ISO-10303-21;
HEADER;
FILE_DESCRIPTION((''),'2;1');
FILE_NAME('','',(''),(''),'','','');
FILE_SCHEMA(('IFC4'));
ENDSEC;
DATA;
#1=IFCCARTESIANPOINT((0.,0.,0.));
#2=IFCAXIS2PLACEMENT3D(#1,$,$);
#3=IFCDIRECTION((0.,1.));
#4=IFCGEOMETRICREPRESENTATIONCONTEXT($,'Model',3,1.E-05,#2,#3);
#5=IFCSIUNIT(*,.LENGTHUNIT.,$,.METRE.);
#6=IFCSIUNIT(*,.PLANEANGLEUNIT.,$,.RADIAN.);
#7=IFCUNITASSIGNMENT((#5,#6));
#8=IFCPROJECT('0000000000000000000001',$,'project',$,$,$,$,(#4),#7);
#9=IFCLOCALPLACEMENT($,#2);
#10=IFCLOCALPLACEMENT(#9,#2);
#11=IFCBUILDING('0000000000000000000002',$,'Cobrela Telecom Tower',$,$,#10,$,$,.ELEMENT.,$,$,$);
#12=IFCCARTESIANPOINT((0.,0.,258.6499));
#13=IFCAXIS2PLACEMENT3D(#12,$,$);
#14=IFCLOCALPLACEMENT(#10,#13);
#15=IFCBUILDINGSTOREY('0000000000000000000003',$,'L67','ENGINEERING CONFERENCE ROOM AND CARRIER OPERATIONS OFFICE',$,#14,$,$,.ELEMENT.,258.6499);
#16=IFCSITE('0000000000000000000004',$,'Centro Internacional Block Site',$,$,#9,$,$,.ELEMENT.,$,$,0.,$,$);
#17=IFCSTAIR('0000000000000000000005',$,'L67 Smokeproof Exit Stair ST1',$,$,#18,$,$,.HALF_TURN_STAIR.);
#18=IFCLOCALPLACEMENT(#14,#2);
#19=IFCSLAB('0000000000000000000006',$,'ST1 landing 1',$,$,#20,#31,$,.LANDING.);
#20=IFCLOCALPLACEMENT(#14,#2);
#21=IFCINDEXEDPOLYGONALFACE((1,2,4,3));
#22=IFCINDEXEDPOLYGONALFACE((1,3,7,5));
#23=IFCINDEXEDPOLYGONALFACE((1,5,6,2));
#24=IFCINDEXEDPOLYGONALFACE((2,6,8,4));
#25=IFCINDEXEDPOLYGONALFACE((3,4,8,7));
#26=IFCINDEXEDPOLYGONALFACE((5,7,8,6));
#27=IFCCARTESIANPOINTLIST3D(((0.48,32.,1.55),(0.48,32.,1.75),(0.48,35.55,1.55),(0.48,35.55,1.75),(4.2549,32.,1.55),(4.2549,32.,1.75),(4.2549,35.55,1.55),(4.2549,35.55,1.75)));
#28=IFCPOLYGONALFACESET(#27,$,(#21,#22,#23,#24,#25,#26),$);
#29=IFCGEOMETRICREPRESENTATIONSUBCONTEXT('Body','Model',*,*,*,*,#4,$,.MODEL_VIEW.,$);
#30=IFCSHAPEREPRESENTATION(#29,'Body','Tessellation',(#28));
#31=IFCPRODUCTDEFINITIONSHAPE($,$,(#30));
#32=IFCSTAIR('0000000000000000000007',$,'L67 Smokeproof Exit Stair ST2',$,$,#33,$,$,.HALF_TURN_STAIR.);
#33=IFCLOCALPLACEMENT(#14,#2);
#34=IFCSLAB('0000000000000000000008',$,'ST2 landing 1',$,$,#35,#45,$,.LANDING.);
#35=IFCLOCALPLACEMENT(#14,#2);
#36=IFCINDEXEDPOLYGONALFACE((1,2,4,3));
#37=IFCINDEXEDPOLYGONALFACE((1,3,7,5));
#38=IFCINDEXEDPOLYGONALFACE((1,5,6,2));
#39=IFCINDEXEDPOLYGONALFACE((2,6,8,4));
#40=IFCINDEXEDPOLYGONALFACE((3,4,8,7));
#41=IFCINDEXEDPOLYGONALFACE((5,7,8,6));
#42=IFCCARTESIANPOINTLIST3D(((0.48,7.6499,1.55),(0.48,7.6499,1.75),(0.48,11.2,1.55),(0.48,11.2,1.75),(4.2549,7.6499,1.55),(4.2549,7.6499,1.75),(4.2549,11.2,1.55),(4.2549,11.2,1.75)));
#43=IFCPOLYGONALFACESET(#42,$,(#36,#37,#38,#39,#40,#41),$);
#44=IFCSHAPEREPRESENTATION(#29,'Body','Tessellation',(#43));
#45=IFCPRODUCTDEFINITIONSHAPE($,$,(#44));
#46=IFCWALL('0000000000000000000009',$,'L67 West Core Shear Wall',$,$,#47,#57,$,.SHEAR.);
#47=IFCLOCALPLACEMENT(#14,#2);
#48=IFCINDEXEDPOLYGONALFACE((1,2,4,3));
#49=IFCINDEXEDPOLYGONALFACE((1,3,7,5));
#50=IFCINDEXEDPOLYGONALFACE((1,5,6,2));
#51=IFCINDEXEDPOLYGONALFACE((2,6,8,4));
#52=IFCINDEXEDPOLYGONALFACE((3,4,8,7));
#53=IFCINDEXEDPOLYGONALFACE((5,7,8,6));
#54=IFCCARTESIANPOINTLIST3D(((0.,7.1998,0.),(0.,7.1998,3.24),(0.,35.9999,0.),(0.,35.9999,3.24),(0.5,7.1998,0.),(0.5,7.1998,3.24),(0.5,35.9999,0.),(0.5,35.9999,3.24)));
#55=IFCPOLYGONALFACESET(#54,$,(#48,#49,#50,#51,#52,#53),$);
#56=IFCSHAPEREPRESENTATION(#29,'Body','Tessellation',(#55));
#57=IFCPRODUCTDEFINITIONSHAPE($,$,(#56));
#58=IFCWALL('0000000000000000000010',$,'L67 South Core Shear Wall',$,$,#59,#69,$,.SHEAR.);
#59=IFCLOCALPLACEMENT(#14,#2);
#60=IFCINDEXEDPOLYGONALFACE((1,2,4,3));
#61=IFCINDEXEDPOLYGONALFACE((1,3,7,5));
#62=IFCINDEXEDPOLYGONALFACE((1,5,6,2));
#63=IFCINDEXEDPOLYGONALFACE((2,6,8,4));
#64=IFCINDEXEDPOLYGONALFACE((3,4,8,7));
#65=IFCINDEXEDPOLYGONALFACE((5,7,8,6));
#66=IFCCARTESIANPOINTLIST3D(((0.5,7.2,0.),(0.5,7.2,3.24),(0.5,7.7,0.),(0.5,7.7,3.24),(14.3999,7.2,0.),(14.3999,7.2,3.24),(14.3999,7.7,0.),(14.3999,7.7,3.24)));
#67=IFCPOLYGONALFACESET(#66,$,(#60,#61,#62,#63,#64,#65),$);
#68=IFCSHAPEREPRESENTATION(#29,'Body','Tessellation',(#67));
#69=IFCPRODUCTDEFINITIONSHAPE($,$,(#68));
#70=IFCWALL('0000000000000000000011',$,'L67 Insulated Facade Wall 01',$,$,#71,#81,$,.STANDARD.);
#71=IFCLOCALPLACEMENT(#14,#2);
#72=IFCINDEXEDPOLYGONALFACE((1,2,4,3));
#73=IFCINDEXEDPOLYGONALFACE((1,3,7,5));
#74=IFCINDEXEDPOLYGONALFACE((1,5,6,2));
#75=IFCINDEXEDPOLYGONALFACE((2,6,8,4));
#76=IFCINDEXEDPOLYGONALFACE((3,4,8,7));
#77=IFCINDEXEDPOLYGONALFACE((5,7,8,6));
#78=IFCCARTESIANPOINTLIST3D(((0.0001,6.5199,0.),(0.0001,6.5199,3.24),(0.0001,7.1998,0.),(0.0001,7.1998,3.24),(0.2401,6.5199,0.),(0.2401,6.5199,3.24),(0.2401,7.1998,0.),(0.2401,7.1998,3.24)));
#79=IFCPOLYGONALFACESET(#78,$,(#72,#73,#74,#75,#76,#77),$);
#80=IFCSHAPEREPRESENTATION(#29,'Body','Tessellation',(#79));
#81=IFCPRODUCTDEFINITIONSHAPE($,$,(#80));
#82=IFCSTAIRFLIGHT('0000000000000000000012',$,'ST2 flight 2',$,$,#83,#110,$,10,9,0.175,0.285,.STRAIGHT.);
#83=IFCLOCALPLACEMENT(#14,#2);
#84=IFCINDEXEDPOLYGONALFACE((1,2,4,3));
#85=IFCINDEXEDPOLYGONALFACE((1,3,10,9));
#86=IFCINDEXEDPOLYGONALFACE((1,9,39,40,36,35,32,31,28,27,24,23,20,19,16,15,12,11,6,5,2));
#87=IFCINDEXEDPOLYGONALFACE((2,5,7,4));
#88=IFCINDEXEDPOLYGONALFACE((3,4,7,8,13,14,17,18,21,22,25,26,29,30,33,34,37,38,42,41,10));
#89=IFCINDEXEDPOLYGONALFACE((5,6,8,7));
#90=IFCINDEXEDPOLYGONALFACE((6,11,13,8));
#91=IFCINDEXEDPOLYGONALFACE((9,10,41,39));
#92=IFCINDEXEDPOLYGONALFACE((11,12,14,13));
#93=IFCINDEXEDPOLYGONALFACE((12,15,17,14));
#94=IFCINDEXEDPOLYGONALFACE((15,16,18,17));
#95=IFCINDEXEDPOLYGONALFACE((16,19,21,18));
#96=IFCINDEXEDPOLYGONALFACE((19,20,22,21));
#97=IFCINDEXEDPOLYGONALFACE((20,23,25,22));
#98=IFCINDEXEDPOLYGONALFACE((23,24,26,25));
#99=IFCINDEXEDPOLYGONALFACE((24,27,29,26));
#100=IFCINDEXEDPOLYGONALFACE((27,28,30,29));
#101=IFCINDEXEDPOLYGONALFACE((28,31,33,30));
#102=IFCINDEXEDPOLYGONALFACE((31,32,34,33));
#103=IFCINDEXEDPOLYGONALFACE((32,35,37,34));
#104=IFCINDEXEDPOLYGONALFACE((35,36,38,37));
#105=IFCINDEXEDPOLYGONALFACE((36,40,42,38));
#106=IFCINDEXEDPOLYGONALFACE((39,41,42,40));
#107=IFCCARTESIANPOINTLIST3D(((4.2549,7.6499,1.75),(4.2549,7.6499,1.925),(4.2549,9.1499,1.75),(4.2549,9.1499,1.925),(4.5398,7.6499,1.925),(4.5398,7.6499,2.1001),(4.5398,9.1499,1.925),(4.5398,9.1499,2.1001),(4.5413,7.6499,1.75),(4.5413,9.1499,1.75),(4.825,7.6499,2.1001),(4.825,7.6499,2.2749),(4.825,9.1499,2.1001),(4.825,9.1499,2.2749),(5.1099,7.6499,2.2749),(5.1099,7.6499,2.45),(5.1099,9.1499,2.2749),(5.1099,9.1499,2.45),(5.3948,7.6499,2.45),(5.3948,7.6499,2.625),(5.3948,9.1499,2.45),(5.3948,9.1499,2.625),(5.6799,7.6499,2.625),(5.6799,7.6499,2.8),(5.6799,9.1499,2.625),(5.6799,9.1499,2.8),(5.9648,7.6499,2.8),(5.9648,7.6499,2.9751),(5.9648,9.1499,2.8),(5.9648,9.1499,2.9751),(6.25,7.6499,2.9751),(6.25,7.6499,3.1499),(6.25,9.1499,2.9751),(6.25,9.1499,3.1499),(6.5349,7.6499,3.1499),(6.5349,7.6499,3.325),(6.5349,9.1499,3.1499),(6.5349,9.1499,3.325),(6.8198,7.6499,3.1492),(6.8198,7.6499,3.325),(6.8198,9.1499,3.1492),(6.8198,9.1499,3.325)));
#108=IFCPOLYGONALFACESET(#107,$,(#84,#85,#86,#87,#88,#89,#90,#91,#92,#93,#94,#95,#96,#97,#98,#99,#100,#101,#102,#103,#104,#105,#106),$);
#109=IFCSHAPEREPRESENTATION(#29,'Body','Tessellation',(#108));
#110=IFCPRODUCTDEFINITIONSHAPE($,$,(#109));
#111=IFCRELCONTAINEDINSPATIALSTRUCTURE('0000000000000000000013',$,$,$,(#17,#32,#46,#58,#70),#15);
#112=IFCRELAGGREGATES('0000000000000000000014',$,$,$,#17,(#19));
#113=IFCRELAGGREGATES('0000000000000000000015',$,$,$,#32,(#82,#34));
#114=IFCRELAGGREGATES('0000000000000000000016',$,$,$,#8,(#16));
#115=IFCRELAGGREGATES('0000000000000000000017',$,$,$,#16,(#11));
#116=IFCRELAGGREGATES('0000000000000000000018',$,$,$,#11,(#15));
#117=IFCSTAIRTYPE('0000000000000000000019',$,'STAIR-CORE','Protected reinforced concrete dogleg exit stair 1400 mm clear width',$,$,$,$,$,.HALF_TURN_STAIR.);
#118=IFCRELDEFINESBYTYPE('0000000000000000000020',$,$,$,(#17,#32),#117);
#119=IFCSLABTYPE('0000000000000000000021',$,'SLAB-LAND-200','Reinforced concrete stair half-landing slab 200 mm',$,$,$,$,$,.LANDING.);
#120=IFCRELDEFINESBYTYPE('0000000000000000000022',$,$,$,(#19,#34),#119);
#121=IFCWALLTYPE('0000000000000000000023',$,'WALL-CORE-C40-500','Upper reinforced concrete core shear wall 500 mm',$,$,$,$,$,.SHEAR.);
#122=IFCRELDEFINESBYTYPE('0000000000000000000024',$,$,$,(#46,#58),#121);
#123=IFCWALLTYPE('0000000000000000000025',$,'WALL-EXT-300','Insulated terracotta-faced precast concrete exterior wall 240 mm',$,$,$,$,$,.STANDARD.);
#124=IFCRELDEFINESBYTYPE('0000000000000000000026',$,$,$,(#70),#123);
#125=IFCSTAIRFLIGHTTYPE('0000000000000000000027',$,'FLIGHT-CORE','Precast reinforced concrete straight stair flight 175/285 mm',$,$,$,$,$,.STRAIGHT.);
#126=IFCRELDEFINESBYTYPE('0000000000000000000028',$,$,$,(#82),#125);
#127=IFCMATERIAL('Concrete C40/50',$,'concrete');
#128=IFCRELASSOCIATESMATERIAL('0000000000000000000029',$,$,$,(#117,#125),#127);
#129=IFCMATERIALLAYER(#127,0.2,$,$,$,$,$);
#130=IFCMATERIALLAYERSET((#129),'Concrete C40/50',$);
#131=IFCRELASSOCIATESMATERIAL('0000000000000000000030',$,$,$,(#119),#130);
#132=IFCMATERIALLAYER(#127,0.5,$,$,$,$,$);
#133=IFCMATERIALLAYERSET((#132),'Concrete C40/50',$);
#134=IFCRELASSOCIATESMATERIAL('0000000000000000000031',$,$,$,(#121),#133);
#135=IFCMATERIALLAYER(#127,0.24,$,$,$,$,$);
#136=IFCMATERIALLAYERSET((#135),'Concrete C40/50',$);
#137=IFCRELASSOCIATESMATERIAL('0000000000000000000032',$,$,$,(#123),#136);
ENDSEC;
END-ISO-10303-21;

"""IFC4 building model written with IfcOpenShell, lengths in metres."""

from ifc_helpers import new_model, si_unit, direction, frame, frame_2d, origin, place, context, subcontext, project, spatial, polyline, rectangle, outline, extrude, material, layer, layer_set, type_object, element, aggregate, save


model = new_model("IFC4")

# Units and contexts
model_context = context("Model", 3, precision=1e-05, world=origin(), true_north=direction((0.0, 1.0)))
body_context = subcontext(model_context, "Body", "Model", "MODEL_VIEW")
ifc_project = project(units=[si_unit("LENGTHUNIT", "METRE"), si_unit("PLANEANGLEUNIT", "RADIAN")], contexts=[model_context])

# Site, building, storey
site_placement = place(None, origin())
site = spatial("IfcSite", under=ifc_project, at=site_placement, Name="Centro Internacional Block Site", CompositionType="ELEMENT", RefElevation=0.0)
building_placement = place(site_placement, origin())
building = spatial("IfcBuilding", under=site, at=building_placement, Name="Cobrela Telecom Tower", CompositionType="ELEMENT")
storey_placement = place(building_placement, frame((0.0, 0.0, 258.6499)))
storey = spatial("IfcBuildingStorey", under=building, at=storey_placement, Name="L67", Description="ENGINEERING CONFERENCE ROOM AND CARRIER OPERATIONS OFFICE", CompositionType="ELEMENT", Elevation=258.6499)

# Shared definitions
ifc_material_1 = material(Name="Concrete C40/50", Category="concrete")

# Stairs, slabs
stair_type = type_object("IfcStairType", Name="STAIR-CORE", Description="Protected reinforced concrete dogleg exit stair 1400 mm clear width", PredefinedType="HALF_TURN_STAIR", material=ifc_material_1)
stair_1_placement = place(storey_placement, origin())
stair_1 = element("IfcStair", 1, at=stair_1_placement, inside=storey, type_object=stair_type, Name="L67 Smokeproof Exit Stair ST1", PredefinedType="HALF_TURN_STAIR")
ifc_layer_1 = layer(ifc_material_1, 0.2)
ifc_layer_set_1 = layer_set([ifc_layer_1], Name="Concrete C40/50")
slab_type_1 = type_object("IfcSlabType", Name="SLAB-LAND-200", Description="Reinforced concrete stair half-landing slab 200 mm", PredefinedType="LANDING", material=ifc_layer_set_1)
slab_1_placement = place(storey_placement, frame((0.0, 0.0, 1.55)))
slab_1 = element("IfcSlab", 2, at=slab_1_placement, type_object=slab_type_1, Name="ST1 landing 1", PredefinedType="LANDING", context=body_context, shape_type="SweptSolid", body=[
    extrude(outline(polyline([(4.2549, 35.55), (0.48, 35.55), (0.48, 32.0), (4.2549, 32.0), (4.2549, 35.55)])), origin(), (0.0, 0.0, 1.0), 0.2),
])
aggregate(stair_1, [slab_1])
stair_2_placement = place(storey_placement, origin())
stair_2 = element("IfcStair", 3, at=stair_2_placement, inside=storey, type_object=stair_type, Name="L67 Smokeproof Exit Stair ST2", PredefinedType="HALF_TURN_STAIR")
slab_2_placement = place(storey_placement, frame((0.0, 0.0, 1.55)))
slab_2 = element("IfcSlab", 4, at=slab_2_placement, type_object=slab_type_1, Name="ST2 landing 1", PredefinedType="LANDING", context=body_context, shape_type="SweptSolid", body=[
    extrude(outline(polyline([(4.2549, 11.2), (0.48, 11.2), (0.48, 7.6499), (4.2549, 7.6499), (4.2549, 11.2)])), origin(), (0.0, 0.0, 1.0), 0.2),
])

# Walls
ifc_layer_2 = layer(ifc_material_1, 0.5)
ifc_layer_set_2 = layer_set([ifc_layer_2], Name="Concrete C40/50")
wall_type_1 = type_object("IfcWallType", Name="WALL-CORE-C40-500", Description="Upper reinforced concrete core shear wall 500 mm", PredefinedType="SHEAR", material=ifc_layer_set_2)
wall_1_placement = place(storey_placement, frame((0.25, 7.2, 0.0), z_axis=(0.0, 0.0, 1.0), x_axis=(0.0, 1.0, 0.0)))
element("IfcWall", 5, at=wall_1_placement, inside=storey, type_object=wall_type_1, Name="L67 West Core Shear Wall", PredefinedType="SHEAR", context=body_context, shape_type="SweptSolid", body=[
    extrude(rectangle(XDim=28.8, YDim=0.5, at=frame_2d((14.3999, 0.0))), origin(), (0.0, 0.0, 1.0), 3.24),
])
wall_2_placement = place(storey_placement, frame((0.5, 7.45, 0.0), z_axis=(0.0, 0.0, 1.0), x_axis=(1.0, 0.0, 0.0)))
element("IfcWall", 6, at=wall_2_placement, inside=storey, type_object=wall_type_1, Name="L67 South Core Shear Wall", PredefinedType="SHEAR", context=body_context, shape_type="SweptSolid", body=[
    extrude(rectangle(XDim=13.8999, YDim=0.5, at=frame_2d((6.95, 0.0))), origin(), (0.0, 0.0, 1.0), 3.24),
])
ifc_layer_3 = layer(ifc_material_1, 0.24)
ifc_layer_set_3 = layer_set([ifc_layer_3], Name="Concrete C40/50")
wall_type_2 = type_object("IfcWallType", Name="WALL-EXT-300", Description="Insulated terracotta-faced precast concrete exterior wall 240 mm", PredefinedType="STANDARD", material=ifc_layer_set_3)
wall_3_placement = place(storey_placement, frame((0.1201, 6.52, 0.0), z_axis=(0.0, 0.0, 1.0), x_axis=(0.0, 1.0, 0.0)))
element("IfcWall", 7, at=wall_3_placement, inside=storey, type_object=wall_type_2, Name="L67 Insulated Facade Wall 01", PredefinedType="STANDARD", context=body_context, shape_type="SweptSolid", body=[
    extrude(rectangle(XDim=0.6799, YDim=0.24, at=frame_2d((0.3398, 0.0))), origin(), (0.0, 0.0, 1.0), 3.24),
])

# Stair flight
stair_flight_type = type_object("IfcStairFlightType", Name="FLIGHT-CORE", Description="Precast reinforced concrete straight stair flight 175/285 mm", PredefinedType="STRAIGHT", material=ifc_material_1)
stair_flight_placement = place(storey_placement, frame((4.2549, 8.3999, 1.75), z_axis=(0.0, 0.0, 1.0), x_axis=(1.0, 0.0, 0.0)))
stair_flight = element("IfcStairFlight", 8, at=stair_flight_placement, type_object=stair_flight_type, Name="ST2 flight 2", NumberOfRisers=10, NumberOfTreads=9, PredefinedType="STRAIGHT", RiserHeight=0.175, TreadLength=0.285, context=body_context, shape_type="SweptSolid", body=[
    extrude(outline(polyline([(0.0, 0.0), (0.0, 0.175), (0.2849, 0.175), (0.2849, 0.3501), (0.5701, 0.3501), (0.5701, 0.5249), (0.855, 0.5249), (0.855, 0.7), (1.1399, 0.7), (1.1399, 0.875), (1.425, 0.875), (1.425, 1.05), (1.71, 1.05), (1.71, 1.2251), (1.9951, 1.2251), (1.9951, 1.3999), (2.28, 1.3999), (2.28, 1.575), (2.5649, 1.575), (2.5649, 1.75), (2.5649, 1.3992), (0.2864, 0.0), (0.0, 0.0)])), frame((0.0, 0.75, 0.0), z_axis=(0.0, -1.0, 0.0), x_axis=(1.0, 0.0, 0.0)), (0.0, 0.0, 1.0), 1.5),
])
aggregate(stair_2, [stair_flight, slab_2])

save(model, "model.ifc")
